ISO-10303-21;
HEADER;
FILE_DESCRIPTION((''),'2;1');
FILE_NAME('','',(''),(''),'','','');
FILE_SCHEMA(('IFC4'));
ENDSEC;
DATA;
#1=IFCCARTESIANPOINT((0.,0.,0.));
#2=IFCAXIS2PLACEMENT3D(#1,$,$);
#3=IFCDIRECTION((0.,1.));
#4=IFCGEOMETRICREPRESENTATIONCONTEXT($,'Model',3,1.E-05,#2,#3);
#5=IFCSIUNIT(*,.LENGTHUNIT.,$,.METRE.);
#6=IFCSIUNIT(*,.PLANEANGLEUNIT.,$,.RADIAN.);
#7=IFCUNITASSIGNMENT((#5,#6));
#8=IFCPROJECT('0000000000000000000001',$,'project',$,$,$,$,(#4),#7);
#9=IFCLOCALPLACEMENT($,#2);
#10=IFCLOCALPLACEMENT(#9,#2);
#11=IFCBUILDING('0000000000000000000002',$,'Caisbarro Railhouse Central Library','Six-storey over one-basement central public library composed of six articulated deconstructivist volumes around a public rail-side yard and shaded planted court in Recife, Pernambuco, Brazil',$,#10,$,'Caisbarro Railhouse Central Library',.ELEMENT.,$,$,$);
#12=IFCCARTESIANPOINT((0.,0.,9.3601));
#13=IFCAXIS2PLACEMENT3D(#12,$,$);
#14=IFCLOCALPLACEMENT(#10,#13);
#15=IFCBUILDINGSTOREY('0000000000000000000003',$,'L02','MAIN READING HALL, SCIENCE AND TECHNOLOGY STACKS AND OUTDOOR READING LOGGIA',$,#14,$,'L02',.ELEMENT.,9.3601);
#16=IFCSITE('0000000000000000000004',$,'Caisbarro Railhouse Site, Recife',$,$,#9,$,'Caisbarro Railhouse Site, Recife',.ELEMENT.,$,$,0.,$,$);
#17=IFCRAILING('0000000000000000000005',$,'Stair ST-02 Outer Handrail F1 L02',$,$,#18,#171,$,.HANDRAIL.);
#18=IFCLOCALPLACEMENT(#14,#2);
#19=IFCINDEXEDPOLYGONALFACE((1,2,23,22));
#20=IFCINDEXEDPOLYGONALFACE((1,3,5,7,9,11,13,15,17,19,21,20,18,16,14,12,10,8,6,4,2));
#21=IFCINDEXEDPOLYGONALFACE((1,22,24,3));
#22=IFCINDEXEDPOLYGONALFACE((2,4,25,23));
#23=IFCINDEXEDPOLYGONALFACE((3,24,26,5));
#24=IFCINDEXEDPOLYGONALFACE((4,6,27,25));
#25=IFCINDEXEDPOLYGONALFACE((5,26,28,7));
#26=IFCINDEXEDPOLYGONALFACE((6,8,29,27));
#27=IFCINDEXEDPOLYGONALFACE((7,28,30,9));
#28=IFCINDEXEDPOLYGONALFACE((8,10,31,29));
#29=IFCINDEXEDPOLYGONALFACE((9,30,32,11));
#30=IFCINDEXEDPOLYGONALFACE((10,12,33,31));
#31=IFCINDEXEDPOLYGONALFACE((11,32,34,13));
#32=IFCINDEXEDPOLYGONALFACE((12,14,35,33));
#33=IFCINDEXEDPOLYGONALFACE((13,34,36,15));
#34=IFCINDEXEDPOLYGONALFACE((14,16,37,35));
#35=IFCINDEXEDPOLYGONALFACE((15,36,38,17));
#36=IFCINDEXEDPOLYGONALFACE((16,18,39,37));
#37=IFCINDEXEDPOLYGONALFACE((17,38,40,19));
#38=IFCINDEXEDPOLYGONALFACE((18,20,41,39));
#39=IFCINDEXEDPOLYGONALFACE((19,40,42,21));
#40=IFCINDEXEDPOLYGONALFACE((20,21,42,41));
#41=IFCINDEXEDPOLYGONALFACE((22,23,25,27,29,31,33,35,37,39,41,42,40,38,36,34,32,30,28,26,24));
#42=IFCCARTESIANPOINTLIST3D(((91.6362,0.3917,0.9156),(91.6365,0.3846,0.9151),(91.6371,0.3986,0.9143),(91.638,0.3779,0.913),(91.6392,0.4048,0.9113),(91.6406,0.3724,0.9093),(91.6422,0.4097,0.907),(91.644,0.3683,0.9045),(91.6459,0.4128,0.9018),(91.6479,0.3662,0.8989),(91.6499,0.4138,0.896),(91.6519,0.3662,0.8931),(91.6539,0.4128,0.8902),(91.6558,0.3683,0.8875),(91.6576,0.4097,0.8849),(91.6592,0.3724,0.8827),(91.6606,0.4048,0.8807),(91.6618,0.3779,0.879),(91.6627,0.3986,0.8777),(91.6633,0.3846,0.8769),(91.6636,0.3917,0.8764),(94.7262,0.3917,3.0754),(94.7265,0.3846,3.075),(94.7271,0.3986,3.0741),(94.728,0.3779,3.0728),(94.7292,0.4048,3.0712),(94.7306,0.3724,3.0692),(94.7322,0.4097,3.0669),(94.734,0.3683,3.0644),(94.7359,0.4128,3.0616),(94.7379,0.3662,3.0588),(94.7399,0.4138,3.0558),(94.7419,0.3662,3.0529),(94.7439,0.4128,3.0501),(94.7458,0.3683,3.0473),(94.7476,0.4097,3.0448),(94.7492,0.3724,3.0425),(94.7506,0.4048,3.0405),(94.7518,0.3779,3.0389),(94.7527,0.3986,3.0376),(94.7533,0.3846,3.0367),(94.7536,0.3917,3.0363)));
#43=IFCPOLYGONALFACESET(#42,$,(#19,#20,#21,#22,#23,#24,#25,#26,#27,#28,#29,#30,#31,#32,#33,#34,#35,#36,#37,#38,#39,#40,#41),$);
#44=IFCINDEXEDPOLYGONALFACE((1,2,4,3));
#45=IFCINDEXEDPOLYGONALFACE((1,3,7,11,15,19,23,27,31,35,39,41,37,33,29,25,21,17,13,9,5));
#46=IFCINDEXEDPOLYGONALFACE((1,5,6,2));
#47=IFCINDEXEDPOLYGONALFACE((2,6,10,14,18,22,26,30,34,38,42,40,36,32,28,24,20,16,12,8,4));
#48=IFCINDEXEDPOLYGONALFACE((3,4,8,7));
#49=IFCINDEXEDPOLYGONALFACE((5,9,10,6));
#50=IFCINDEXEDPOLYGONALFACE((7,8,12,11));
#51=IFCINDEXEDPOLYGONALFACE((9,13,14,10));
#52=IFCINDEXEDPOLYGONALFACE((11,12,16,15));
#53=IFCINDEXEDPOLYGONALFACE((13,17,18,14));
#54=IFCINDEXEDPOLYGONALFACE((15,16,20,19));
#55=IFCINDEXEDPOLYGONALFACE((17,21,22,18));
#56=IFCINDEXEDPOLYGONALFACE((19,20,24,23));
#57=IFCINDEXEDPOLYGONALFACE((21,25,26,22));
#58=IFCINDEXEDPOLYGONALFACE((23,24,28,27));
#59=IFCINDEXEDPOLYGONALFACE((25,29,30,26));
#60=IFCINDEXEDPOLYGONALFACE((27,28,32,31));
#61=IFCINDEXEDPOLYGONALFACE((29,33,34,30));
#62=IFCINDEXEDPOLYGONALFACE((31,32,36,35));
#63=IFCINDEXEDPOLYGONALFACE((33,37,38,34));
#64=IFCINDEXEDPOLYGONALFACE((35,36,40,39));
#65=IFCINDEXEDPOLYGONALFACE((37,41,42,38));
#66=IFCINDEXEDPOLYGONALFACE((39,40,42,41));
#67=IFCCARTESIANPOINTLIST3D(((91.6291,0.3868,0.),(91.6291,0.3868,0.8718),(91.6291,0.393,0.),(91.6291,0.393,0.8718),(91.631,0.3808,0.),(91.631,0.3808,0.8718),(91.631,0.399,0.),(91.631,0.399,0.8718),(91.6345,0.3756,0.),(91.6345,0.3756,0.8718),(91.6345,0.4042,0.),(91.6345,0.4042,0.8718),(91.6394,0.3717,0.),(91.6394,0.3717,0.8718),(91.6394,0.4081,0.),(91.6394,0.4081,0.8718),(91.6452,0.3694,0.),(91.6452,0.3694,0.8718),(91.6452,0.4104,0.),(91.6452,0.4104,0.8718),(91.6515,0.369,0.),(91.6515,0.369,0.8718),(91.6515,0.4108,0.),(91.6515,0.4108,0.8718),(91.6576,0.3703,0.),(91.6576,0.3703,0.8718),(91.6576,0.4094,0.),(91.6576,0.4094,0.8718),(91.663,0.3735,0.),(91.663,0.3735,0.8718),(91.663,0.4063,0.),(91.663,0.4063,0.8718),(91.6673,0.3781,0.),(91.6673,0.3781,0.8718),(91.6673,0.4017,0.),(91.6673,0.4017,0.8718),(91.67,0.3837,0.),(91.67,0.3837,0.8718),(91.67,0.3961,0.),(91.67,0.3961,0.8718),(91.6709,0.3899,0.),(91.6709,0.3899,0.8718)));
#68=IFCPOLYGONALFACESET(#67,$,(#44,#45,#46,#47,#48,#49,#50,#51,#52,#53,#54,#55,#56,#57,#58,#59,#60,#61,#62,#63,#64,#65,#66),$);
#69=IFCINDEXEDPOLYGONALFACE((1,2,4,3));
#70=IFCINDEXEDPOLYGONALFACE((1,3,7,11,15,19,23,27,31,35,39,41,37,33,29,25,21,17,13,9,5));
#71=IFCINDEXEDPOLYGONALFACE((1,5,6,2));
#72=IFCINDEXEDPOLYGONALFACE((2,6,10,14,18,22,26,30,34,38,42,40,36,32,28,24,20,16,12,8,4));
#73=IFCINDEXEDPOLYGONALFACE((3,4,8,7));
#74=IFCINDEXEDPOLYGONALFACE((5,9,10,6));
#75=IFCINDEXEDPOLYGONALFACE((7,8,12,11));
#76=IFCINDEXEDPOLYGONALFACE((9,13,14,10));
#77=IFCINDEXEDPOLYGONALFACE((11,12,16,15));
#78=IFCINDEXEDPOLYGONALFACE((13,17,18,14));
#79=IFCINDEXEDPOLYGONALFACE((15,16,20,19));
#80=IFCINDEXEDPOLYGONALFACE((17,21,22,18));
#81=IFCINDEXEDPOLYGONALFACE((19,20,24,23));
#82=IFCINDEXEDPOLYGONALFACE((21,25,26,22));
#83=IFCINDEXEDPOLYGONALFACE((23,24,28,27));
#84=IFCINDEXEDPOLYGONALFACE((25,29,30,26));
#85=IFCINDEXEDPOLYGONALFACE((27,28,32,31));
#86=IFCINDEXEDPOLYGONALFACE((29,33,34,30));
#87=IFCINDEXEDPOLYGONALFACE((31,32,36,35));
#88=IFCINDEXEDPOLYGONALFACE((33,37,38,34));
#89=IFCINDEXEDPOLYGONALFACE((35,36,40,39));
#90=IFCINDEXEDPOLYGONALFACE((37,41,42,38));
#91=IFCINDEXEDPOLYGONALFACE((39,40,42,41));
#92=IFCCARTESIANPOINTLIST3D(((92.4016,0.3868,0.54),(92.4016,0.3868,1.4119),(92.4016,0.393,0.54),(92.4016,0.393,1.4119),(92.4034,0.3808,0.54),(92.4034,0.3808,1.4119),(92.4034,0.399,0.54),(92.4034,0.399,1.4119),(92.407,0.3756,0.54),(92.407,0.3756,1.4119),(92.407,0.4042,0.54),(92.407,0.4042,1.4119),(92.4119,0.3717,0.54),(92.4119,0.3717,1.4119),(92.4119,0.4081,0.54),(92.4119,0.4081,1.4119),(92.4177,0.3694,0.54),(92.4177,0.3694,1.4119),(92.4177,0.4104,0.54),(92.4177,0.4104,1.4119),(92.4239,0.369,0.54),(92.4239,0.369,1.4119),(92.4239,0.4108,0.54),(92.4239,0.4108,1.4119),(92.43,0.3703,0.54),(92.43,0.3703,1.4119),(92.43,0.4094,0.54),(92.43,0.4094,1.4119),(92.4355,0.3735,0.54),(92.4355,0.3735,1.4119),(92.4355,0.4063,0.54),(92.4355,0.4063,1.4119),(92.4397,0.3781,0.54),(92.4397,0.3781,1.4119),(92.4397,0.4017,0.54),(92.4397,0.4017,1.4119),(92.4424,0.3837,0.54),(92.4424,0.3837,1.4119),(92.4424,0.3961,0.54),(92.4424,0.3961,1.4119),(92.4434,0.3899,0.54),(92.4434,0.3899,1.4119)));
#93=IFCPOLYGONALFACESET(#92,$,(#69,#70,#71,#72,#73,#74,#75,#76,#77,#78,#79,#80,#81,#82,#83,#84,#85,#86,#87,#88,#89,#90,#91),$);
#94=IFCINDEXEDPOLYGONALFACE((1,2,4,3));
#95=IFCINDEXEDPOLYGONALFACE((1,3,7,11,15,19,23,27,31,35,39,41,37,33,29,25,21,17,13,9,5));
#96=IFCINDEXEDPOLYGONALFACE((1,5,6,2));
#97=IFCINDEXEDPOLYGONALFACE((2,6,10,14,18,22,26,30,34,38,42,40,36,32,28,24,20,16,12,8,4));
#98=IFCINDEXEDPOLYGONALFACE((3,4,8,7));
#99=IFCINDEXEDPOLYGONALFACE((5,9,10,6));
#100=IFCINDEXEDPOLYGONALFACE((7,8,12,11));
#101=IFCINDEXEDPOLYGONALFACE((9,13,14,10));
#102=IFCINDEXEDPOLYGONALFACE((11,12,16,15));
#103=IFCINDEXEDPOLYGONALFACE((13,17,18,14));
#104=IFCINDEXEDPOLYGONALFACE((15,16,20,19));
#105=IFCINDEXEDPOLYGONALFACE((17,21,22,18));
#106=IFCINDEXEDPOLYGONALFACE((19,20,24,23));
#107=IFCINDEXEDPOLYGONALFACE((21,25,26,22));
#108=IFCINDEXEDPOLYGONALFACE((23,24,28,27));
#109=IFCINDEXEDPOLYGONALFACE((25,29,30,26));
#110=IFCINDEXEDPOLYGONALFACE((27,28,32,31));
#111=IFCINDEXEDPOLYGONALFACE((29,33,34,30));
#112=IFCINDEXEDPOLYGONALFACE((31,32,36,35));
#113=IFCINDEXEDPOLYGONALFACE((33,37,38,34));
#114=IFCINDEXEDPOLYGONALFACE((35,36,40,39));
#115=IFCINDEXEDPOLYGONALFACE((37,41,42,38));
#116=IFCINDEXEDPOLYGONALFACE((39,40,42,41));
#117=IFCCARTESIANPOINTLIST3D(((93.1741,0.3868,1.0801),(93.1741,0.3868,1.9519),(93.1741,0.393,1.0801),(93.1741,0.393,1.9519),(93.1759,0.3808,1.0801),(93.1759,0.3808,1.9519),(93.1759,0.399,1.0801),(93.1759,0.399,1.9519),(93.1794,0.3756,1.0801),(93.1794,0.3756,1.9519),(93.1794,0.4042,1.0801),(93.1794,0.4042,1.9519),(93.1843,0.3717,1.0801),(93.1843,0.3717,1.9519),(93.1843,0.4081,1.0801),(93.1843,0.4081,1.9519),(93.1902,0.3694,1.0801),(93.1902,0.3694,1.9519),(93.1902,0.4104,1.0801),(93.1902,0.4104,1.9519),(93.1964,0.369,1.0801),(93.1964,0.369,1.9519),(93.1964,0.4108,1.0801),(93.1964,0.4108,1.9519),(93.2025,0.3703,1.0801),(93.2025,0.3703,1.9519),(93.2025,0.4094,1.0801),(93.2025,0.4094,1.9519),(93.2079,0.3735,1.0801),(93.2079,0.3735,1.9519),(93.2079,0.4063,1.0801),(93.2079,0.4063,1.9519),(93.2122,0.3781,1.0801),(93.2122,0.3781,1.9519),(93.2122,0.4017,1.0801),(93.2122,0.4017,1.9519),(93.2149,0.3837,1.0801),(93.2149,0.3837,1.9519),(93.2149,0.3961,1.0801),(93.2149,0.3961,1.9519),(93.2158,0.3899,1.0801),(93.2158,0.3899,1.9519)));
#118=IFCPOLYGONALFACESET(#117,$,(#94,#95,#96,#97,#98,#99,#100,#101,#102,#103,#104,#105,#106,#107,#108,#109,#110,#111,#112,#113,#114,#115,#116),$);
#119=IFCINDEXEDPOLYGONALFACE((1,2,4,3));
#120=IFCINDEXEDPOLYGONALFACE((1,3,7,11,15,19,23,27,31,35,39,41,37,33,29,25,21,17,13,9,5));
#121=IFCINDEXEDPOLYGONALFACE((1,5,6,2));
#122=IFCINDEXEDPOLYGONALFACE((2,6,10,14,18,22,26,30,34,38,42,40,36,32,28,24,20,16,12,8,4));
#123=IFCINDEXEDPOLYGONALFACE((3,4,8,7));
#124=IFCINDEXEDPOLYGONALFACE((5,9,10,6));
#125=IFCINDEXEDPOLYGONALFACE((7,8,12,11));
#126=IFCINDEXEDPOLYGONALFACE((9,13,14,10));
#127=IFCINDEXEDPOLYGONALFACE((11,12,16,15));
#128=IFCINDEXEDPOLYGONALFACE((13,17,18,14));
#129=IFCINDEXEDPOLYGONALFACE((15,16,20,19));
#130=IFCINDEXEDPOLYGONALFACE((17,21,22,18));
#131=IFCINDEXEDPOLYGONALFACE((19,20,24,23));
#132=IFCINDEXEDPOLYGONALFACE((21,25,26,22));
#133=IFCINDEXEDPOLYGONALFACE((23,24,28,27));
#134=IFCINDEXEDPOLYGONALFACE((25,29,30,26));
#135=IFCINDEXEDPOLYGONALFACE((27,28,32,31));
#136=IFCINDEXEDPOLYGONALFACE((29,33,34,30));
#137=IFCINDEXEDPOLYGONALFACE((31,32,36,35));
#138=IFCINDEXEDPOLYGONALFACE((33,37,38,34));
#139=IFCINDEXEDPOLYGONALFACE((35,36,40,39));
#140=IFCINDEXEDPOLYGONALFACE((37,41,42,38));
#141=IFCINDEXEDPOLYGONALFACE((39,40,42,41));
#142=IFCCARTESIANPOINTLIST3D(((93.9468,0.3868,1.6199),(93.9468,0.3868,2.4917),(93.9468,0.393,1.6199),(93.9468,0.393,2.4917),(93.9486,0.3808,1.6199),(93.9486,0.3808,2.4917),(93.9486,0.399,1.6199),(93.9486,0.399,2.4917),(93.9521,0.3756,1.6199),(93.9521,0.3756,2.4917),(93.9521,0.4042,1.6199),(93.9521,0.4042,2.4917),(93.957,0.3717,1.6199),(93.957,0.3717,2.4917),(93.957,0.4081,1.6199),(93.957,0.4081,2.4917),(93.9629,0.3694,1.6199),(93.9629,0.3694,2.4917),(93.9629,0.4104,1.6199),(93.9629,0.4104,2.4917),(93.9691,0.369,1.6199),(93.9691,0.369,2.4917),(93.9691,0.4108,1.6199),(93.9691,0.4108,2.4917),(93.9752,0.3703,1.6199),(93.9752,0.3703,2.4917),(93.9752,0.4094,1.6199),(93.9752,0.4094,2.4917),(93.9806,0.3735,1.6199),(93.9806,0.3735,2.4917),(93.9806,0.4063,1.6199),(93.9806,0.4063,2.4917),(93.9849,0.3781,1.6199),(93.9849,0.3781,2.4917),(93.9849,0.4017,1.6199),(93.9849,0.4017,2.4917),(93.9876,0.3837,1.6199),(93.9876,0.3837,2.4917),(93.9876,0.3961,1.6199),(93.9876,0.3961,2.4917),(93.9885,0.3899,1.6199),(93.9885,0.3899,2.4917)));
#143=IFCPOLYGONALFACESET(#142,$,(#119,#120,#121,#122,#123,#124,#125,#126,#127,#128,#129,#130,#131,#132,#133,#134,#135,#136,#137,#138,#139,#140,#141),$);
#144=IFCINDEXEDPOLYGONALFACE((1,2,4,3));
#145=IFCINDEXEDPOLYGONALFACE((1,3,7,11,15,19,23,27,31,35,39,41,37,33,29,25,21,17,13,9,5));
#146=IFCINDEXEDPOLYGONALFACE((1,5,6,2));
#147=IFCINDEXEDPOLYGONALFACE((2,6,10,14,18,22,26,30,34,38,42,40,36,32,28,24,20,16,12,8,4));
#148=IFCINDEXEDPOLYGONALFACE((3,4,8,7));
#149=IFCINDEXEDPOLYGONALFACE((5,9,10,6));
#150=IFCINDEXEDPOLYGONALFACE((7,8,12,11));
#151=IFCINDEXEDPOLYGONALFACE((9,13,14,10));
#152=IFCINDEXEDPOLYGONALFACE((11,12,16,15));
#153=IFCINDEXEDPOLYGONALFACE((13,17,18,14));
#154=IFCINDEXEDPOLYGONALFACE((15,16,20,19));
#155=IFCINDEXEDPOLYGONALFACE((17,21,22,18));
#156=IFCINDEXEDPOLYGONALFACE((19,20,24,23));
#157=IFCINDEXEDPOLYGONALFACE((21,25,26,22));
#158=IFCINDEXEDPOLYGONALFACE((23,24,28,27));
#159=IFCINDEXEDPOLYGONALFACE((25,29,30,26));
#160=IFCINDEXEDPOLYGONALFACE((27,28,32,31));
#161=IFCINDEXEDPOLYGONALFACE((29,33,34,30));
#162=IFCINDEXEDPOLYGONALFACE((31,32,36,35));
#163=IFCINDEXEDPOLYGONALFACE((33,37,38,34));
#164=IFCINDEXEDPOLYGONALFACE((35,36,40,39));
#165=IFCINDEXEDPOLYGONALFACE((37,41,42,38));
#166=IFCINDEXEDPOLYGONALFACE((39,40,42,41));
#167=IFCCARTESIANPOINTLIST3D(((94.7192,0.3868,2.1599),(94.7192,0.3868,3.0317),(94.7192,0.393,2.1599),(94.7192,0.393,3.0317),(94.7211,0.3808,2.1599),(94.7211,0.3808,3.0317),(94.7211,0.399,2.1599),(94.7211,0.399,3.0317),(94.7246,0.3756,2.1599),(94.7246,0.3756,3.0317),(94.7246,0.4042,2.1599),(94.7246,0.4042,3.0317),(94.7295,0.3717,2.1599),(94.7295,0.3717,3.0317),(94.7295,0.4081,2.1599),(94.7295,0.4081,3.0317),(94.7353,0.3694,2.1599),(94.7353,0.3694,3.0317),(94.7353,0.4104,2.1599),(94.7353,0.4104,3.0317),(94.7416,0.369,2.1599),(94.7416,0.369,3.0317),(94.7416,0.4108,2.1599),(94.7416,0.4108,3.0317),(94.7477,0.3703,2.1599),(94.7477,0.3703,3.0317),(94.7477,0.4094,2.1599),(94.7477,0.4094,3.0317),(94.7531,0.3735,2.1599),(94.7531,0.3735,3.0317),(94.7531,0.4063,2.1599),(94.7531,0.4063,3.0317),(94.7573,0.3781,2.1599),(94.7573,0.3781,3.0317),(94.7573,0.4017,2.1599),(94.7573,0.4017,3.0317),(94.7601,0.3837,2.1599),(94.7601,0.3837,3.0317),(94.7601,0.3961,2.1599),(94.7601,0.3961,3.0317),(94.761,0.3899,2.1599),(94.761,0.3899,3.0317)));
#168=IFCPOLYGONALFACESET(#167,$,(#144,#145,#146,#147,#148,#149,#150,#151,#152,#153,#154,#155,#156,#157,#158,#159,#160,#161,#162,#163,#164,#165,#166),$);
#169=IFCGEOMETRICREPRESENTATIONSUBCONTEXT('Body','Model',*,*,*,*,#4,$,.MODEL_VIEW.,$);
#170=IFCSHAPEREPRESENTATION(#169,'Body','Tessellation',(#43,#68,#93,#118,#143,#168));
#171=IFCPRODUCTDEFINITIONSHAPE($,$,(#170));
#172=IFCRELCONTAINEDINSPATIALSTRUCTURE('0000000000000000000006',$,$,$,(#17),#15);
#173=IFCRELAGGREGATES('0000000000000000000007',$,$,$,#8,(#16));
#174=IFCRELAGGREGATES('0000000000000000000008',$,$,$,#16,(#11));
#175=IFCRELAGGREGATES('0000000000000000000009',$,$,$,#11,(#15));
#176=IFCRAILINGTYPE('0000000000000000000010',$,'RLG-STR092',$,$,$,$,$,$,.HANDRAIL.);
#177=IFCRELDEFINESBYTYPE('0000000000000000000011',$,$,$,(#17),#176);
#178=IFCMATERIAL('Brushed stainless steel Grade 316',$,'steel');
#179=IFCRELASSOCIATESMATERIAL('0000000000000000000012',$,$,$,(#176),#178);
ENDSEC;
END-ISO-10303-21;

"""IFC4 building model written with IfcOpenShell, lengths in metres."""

from ifc_helpers import new_model, si_unit, direction, frame, origin, origin_2d, place, context, subcontext, project, spatial, circle, extrude, material, type_object, element, save


model = new_model("IFC4")

# Units and contexts
model_context = context("Model", 3, precision=1e-05, world=origin(), true_north=direction((0.0, 1.0)))
body_context = subcontext(model_context, "Body", "Model", "MODEL_VIEW")
ifc_project = project(units=[si_unit("LENGTHUNIT", "METRE"), si_unit("PLANEANGLEUNIT", "RADIAN")], contexts=[model_context])

# Site, building, storey
site_placement = place(None, origin())
site = spatial("IfcSite", under=ifc_project, at=site_placement, Name="Caisbarro Railhouse Site, Recife", LongName="Caisbarro Railhouse Site, Recife", CompositionType="ELEMENT", RefElevation=0.0)
building_placement = place(site_placement, origin())
building = spatial("IfcBuilding", under=site, at=building_placement, Name="Caisbarro Railhouse Central Library", Description="Six-storey over one-basement central public library composed of six articulated deconstructivist volumes around a public rail-side yard and shaded planted court in Recife, Pernambuco, Brazil", LongName="Caisbarro Railhouse Central Library", CompositionType="ELEMENT")
storey_placement = place(building_placement, frame((0.0, 0.0, 9.3601)))
storey = spatial("IfcBuildingStorey", under=building, at=storey_placement, Name="L02", Description="MAIN READING HALL, SCIENCE AND TECHNOLOGY STACKS AND OUTDOOR READING LOGGIA", LongName="L02", CompositionType="ELEMENT", Elevation=9.3601)

# Railing
ifc_material_1 = material(Name="Brushed stainless steel Grade 316", Category="steel")
railing_type_1 = type_object("IfcRailingType", Name="RLG-STR092", PredefinedType="HANDRAIL", material=ifc_material_1)
railing_1_placement = place(storey_placement, frame((91.6499, 0.3899, 0.0)))
element("IfcRailing", 1, at=railing_1_placement, inside=storey, type_object=railing_type_1, Name="Stair ST-02 Outer Handrail F1 L02", PredefinedType="HANDRAIL", context=body_context, shape_type="SweptSolid", body=[
    extrude(circle(Radius=0.0239, at=origin_2d()), frame((0.0, 0.0, 0.896), z_axis=(0.819624, 0.0, 0.572902), x_axis=(0.0, 1.0, 0.0)), (0.0, 0.0, 1.0), 3.77),
    extrude(circle(Radius=0.021, at=origin_2d()), origin(), (0.0, 0.0, 1.0), 0.8718),
    extrude(circle(Radius=0.021, at=origin_2d()), frame((0.7725, 0.0, 0.54)), (0.0, 0.0, 1.0), 0.8718),
    extrude(circle(Radius=0.021, at=origin_2d()), frame((1.5449, 0.0, 1.0801)), (0.0, 0.0, 1.0), 0.8718),
    extrude(circle(Radius=0.021, at=origin_2d()), frame((2.3176, 0.0, 1.6199)), (0.0, 0.0, 1.0), 0.8718),
    extrude(circle(Radius=0.021, at=origin_2d()), frame((3.0901, 0.0, 2.1599)), (0.0, 0.0, 1.0), 0.8718),
])

save(model, "model.ifc")
